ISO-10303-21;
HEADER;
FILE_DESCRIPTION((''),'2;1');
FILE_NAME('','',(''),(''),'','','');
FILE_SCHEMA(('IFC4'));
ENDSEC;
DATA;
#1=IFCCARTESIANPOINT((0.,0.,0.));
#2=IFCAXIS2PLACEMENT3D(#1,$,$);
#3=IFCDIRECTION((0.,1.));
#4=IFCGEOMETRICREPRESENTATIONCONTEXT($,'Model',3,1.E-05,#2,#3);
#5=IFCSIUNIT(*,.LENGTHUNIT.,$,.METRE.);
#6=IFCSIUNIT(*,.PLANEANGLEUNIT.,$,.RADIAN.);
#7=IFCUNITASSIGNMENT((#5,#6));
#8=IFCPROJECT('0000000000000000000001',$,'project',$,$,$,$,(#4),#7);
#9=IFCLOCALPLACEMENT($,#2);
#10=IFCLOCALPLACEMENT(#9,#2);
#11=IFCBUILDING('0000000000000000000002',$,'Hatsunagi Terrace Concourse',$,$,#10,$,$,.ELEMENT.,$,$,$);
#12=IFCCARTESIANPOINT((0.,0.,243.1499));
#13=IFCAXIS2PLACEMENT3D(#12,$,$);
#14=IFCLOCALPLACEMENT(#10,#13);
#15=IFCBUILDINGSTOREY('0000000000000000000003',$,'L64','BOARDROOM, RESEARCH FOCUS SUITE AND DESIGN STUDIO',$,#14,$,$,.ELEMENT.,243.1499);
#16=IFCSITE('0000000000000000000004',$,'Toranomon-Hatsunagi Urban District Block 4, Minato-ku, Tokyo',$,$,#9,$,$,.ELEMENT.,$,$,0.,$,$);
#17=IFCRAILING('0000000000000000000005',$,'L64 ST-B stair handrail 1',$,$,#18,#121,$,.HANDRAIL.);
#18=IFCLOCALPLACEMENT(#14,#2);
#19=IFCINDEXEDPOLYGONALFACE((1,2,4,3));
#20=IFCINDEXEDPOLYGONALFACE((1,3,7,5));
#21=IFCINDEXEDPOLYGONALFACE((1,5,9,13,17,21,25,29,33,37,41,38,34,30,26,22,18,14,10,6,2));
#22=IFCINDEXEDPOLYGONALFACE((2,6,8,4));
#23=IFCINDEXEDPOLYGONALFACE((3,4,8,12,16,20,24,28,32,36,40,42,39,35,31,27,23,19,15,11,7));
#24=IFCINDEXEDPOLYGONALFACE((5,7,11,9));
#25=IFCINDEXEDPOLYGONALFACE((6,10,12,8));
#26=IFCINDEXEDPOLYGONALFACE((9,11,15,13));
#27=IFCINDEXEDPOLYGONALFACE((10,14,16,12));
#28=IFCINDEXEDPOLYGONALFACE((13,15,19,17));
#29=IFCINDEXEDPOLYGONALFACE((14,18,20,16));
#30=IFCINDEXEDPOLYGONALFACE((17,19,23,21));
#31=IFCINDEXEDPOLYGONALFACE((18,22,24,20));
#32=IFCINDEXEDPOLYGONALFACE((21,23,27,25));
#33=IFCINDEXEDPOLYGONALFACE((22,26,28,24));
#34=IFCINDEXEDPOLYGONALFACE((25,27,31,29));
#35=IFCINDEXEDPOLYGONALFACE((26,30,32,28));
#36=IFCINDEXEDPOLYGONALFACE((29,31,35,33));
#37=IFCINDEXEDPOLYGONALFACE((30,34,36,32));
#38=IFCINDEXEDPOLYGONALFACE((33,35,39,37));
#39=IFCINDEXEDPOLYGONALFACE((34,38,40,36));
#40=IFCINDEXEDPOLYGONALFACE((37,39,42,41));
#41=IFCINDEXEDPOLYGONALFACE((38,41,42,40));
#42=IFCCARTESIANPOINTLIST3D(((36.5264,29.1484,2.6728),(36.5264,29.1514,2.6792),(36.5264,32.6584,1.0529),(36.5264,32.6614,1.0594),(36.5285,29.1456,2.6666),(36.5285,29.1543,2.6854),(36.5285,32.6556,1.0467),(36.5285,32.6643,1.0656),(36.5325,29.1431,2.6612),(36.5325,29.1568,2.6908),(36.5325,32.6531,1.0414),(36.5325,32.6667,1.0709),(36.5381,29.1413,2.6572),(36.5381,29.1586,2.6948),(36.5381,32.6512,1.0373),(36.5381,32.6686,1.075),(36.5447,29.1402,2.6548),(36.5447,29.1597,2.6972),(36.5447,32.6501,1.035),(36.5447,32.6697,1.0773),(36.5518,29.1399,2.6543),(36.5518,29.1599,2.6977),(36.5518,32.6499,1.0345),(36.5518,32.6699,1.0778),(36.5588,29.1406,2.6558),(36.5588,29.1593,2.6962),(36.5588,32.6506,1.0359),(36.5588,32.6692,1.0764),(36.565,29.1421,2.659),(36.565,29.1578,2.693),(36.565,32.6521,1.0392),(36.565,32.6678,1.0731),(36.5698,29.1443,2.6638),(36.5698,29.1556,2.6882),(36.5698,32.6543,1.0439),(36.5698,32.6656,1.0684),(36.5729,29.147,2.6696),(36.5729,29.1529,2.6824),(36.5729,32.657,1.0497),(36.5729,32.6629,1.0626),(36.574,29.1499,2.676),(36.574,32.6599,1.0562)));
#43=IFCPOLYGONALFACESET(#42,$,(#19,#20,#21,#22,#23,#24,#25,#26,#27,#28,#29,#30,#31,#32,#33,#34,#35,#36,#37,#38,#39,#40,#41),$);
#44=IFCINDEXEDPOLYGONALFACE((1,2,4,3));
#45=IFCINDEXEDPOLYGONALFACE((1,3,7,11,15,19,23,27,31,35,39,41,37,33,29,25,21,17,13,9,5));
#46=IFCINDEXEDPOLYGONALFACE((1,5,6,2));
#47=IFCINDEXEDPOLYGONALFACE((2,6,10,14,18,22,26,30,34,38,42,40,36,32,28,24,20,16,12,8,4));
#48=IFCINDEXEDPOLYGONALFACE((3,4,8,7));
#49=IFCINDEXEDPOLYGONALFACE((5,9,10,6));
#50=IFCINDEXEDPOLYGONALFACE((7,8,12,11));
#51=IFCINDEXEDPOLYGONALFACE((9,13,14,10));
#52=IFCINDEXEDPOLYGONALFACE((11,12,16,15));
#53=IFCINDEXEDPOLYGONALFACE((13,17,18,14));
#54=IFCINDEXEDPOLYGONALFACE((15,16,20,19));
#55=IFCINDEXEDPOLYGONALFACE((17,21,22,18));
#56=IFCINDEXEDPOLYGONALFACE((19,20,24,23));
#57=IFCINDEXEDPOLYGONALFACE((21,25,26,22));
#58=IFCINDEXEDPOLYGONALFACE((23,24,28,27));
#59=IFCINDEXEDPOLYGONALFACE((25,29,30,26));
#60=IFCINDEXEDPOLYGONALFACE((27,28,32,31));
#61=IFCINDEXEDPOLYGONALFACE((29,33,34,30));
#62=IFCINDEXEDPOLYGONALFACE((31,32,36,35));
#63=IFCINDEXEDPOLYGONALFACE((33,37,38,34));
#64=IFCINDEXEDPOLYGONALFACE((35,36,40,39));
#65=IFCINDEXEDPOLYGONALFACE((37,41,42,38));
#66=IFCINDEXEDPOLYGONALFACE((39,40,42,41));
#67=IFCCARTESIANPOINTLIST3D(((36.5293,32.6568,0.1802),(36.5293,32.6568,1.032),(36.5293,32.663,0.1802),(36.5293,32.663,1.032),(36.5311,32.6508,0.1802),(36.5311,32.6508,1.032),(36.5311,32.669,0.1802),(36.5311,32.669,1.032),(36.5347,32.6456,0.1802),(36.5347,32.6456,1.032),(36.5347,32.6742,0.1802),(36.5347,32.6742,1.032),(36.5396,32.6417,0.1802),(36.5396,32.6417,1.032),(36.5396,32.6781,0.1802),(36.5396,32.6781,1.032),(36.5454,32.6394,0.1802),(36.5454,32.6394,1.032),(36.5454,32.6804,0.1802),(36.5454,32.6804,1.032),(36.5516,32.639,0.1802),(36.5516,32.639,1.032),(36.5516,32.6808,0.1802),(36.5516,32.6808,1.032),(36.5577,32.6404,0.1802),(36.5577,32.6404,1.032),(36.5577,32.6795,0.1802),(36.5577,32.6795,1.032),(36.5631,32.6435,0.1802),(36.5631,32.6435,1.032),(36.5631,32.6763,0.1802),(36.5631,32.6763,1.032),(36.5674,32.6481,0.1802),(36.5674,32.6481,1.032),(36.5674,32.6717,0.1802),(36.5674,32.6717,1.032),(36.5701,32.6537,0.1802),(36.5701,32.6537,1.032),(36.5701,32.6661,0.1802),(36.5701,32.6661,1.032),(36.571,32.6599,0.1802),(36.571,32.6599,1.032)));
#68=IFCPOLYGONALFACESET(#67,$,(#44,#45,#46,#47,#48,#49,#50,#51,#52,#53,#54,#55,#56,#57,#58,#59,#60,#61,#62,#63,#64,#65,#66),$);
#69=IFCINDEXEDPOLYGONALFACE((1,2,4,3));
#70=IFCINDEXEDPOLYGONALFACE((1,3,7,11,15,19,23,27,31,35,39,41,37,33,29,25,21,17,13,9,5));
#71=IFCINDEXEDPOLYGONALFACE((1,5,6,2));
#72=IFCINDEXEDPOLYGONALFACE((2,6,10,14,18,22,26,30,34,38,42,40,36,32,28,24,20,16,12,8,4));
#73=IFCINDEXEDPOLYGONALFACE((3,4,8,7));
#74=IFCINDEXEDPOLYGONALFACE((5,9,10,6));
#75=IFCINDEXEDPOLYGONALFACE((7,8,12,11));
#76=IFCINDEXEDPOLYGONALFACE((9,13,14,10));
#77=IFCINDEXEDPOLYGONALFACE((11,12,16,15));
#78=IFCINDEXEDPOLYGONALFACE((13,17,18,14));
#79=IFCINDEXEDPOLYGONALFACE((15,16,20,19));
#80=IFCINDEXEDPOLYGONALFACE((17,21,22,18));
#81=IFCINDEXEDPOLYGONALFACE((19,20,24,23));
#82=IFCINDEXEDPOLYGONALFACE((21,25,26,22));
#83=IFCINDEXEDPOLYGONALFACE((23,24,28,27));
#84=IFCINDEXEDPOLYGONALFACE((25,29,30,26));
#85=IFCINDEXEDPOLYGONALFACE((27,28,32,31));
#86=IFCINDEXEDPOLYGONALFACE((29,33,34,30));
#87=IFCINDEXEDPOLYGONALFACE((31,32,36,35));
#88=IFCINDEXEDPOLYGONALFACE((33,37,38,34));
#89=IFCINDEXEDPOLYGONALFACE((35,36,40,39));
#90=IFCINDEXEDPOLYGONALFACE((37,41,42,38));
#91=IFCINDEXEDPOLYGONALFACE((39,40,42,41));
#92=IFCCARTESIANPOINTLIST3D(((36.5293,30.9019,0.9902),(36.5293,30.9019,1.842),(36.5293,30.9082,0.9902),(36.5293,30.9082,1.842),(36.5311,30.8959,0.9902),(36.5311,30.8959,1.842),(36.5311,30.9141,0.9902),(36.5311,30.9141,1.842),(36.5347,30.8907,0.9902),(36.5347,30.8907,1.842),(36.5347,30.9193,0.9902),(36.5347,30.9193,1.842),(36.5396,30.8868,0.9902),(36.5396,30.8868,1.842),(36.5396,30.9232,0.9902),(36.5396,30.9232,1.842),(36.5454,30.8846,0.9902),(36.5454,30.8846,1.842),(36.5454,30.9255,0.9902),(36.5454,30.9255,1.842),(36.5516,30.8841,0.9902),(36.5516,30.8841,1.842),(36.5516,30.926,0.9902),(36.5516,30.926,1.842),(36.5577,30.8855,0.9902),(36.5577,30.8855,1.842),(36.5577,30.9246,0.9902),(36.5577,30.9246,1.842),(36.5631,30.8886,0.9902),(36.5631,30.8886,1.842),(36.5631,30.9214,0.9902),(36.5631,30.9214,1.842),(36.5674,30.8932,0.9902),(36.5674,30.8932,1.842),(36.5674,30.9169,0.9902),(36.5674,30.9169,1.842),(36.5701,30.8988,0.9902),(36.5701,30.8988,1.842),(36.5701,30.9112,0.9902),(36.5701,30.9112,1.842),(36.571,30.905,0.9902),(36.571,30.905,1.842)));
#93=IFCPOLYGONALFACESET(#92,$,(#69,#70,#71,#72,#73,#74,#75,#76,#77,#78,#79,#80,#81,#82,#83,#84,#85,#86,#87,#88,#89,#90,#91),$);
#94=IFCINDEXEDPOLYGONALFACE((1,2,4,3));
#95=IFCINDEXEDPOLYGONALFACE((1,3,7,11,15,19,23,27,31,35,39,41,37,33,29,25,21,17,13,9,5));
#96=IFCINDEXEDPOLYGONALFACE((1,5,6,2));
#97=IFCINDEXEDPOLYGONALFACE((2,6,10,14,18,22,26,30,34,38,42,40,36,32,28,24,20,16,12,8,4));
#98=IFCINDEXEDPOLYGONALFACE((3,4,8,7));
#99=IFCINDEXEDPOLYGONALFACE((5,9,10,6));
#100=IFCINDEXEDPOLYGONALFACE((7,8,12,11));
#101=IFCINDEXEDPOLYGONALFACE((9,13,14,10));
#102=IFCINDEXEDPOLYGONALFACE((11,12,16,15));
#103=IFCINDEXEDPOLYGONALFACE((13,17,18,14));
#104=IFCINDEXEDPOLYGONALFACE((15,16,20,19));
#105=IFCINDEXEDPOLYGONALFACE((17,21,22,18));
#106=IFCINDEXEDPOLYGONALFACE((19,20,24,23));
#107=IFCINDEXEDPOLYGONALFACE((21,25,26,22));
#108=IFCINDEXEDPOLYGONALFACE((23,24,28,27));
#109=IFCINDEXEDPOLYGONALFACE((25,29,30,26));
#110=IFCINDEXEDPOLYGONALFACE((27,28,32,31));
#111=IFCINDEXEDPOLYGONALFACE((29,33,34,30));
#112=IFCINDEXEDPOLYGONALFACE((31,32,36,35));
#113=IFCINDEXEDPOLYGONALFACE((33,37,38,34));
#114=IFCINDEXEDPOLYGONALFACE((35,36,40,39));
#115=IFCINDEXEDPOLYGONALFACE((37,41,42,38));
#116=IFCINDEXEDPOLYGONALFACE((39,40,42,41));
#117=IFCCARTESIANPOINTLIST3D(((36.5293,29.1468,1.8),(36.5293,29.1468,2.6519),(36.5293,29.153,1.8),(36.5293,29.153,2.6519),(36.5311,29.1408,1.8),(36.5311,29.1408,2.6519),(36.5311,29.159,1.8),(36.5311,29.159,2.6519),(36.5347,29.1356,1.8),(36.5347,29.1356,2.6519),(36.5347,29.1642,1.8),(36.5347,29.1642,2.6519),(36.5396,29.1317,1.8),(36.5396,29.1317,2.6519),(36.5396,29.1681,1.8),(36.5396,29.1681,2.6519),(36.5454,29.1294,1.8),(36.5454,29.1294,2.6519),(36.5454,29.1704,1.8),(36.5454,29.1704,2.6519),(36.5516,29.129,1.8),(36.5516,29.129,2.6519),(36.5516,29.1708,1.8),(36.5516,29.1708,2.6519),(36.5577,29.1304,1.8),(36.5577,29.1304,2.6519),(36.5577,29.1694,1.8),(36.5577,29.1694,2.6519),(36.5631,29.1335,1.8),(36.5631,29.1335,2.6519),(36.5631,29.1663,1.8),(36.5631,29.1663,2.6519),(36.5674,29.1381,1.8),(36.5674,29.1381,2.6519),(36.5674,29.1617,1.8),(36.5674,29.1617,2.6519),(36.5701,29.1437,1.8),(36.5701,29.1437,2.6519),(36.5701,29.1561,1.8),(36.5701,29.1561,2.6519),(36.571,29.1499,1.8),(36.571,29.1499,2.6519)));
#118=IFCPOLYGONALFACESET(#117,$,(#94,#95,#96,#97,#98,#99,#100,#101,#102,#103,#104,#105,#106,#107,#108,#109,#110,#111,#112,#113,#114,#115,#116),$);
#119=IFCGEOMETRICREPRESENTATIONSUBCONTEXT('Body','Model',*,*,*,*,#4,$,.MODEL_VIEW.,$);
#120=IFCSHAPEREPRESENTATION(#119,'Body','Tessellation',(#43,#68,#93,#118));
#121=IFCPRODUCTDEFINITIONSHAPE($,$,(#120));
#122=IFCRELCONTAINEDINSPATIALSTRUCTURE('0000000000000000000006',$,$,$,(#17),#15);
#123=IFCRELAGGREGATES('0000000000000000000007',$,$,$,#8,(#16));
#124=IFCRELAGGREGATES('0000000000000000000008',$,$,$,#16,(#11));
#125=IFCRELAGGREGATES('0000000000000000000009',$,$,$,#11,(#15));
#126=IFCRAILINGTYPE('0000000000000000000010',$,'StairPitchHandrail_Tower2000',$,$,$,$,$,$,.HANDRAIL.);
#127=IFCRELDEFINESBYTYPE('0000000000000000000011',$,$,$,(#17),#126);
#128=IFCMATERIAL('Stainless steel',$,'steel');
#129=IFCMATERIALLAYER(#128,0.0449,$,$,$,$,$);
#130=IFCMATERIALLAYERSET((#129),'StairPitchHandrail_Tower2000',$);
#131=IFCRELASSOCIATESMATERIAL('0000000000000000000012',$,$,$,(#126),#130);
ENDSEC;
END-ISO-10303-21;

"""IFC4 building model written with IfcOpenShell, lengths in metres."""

from ifc_helpers import new_model, si_unit, direction, frame, origin, origin_2d, place, context, subcontext, project, spatial, circle, extrude, material, layer, layer_set, type_object, element, save


model = new_model("IFC4")

# Units and contexts
model_context = context("Model", 3, precision=1e-05, world=origin(), true_north=direction((0.0, 1.0)))
body_context = subcontext(model_context, "Body", "Model", "MODEL_VIEW")
ifc_project = project(units=[si_unit("LENGTHUNIT", "METRE"), si_unit("PLANEANGLEUNIT", "RADIAN")], contexts=[model_context])

# Site, building, storey
site_placement = place(None, origin())
site = spatial("IfcSite", under=ifc_project, at=site_placement, Name="Toranomon-Hatsunagi Urban District Block 4, Minato-ku, Tokyo", CompositionType="ELEMENT", RefElevation=0.0)
building_placement = place(site_placement, origin())
building = spatial("IfcBuilding", under=site, at=building_placement, Name="Hatsunagi Terrace Concourse", CompositionType="ELEMENT")
storey_placement = place(building_placement, frame((0.0, 0.0, 243.1499)))
storey = spatial("IfcBuildingStorey", under=building, at=storey_placement, Name="L64", Description="BOARDROOM, RESEARCH FOCUS SUITE AND DESIGN STUDIO", CompositionType="ELEMENT", Elevation=243.1499)

# Railing
ifc_material_1 = material(Name="Stainless steel", Category="steel")
ifc_layer_1 = layer(ifc_material_1, 0.0449)
ifc_layer_set_1 = layer_set([ifc_layer_1], Name="StairPitchHandrail_Tower2000")
railing_type_1 = type_object("IfcRailingType", Name="StairPitchHandrail_Tower2000", PredefinedType="HANDRAIL", material=ifc_layer_set_1)
railing_1_placement = place(storey_placement, frame((36.55, 32.6599, 0.1802)))
element("IfcRailing", 1, at=railing_1_placement, inside=storey, type_object=railing_type_1, Name="L64 ST-B stair handrail 1", PredefinedType="HANDRAIL", context=body_context, shape_type="SweptSolid", body=[
    extrude(circle(Radius=0.0239, at=origin_2d()), frame((0.0, 0.0, 0.876), z_axis=(0.0, -0.907972, 0.41903), x_axis=(1.0, 0.0, 0.0)), (0.0, 0.0, 1.0), 3.8657),
    extrude(circle(Radius=0.021, at=origin_2d()), origin(), (0.0, 0.0, 1.0), 0.8518),
    extrude(circle(Radius=0.021, at=origin_2d()), frame((0.0, -1.7549, 0.8101)), (0.0, 0.0, 1.0), 0.8518),
    extrude(circle(Radius=0.021, at=origin_2d()), frame((0.0, -3.51, 1.6199)), (0.0, 0.0, 1.0), 0.8518),
])

save(model, "model.ifc")
